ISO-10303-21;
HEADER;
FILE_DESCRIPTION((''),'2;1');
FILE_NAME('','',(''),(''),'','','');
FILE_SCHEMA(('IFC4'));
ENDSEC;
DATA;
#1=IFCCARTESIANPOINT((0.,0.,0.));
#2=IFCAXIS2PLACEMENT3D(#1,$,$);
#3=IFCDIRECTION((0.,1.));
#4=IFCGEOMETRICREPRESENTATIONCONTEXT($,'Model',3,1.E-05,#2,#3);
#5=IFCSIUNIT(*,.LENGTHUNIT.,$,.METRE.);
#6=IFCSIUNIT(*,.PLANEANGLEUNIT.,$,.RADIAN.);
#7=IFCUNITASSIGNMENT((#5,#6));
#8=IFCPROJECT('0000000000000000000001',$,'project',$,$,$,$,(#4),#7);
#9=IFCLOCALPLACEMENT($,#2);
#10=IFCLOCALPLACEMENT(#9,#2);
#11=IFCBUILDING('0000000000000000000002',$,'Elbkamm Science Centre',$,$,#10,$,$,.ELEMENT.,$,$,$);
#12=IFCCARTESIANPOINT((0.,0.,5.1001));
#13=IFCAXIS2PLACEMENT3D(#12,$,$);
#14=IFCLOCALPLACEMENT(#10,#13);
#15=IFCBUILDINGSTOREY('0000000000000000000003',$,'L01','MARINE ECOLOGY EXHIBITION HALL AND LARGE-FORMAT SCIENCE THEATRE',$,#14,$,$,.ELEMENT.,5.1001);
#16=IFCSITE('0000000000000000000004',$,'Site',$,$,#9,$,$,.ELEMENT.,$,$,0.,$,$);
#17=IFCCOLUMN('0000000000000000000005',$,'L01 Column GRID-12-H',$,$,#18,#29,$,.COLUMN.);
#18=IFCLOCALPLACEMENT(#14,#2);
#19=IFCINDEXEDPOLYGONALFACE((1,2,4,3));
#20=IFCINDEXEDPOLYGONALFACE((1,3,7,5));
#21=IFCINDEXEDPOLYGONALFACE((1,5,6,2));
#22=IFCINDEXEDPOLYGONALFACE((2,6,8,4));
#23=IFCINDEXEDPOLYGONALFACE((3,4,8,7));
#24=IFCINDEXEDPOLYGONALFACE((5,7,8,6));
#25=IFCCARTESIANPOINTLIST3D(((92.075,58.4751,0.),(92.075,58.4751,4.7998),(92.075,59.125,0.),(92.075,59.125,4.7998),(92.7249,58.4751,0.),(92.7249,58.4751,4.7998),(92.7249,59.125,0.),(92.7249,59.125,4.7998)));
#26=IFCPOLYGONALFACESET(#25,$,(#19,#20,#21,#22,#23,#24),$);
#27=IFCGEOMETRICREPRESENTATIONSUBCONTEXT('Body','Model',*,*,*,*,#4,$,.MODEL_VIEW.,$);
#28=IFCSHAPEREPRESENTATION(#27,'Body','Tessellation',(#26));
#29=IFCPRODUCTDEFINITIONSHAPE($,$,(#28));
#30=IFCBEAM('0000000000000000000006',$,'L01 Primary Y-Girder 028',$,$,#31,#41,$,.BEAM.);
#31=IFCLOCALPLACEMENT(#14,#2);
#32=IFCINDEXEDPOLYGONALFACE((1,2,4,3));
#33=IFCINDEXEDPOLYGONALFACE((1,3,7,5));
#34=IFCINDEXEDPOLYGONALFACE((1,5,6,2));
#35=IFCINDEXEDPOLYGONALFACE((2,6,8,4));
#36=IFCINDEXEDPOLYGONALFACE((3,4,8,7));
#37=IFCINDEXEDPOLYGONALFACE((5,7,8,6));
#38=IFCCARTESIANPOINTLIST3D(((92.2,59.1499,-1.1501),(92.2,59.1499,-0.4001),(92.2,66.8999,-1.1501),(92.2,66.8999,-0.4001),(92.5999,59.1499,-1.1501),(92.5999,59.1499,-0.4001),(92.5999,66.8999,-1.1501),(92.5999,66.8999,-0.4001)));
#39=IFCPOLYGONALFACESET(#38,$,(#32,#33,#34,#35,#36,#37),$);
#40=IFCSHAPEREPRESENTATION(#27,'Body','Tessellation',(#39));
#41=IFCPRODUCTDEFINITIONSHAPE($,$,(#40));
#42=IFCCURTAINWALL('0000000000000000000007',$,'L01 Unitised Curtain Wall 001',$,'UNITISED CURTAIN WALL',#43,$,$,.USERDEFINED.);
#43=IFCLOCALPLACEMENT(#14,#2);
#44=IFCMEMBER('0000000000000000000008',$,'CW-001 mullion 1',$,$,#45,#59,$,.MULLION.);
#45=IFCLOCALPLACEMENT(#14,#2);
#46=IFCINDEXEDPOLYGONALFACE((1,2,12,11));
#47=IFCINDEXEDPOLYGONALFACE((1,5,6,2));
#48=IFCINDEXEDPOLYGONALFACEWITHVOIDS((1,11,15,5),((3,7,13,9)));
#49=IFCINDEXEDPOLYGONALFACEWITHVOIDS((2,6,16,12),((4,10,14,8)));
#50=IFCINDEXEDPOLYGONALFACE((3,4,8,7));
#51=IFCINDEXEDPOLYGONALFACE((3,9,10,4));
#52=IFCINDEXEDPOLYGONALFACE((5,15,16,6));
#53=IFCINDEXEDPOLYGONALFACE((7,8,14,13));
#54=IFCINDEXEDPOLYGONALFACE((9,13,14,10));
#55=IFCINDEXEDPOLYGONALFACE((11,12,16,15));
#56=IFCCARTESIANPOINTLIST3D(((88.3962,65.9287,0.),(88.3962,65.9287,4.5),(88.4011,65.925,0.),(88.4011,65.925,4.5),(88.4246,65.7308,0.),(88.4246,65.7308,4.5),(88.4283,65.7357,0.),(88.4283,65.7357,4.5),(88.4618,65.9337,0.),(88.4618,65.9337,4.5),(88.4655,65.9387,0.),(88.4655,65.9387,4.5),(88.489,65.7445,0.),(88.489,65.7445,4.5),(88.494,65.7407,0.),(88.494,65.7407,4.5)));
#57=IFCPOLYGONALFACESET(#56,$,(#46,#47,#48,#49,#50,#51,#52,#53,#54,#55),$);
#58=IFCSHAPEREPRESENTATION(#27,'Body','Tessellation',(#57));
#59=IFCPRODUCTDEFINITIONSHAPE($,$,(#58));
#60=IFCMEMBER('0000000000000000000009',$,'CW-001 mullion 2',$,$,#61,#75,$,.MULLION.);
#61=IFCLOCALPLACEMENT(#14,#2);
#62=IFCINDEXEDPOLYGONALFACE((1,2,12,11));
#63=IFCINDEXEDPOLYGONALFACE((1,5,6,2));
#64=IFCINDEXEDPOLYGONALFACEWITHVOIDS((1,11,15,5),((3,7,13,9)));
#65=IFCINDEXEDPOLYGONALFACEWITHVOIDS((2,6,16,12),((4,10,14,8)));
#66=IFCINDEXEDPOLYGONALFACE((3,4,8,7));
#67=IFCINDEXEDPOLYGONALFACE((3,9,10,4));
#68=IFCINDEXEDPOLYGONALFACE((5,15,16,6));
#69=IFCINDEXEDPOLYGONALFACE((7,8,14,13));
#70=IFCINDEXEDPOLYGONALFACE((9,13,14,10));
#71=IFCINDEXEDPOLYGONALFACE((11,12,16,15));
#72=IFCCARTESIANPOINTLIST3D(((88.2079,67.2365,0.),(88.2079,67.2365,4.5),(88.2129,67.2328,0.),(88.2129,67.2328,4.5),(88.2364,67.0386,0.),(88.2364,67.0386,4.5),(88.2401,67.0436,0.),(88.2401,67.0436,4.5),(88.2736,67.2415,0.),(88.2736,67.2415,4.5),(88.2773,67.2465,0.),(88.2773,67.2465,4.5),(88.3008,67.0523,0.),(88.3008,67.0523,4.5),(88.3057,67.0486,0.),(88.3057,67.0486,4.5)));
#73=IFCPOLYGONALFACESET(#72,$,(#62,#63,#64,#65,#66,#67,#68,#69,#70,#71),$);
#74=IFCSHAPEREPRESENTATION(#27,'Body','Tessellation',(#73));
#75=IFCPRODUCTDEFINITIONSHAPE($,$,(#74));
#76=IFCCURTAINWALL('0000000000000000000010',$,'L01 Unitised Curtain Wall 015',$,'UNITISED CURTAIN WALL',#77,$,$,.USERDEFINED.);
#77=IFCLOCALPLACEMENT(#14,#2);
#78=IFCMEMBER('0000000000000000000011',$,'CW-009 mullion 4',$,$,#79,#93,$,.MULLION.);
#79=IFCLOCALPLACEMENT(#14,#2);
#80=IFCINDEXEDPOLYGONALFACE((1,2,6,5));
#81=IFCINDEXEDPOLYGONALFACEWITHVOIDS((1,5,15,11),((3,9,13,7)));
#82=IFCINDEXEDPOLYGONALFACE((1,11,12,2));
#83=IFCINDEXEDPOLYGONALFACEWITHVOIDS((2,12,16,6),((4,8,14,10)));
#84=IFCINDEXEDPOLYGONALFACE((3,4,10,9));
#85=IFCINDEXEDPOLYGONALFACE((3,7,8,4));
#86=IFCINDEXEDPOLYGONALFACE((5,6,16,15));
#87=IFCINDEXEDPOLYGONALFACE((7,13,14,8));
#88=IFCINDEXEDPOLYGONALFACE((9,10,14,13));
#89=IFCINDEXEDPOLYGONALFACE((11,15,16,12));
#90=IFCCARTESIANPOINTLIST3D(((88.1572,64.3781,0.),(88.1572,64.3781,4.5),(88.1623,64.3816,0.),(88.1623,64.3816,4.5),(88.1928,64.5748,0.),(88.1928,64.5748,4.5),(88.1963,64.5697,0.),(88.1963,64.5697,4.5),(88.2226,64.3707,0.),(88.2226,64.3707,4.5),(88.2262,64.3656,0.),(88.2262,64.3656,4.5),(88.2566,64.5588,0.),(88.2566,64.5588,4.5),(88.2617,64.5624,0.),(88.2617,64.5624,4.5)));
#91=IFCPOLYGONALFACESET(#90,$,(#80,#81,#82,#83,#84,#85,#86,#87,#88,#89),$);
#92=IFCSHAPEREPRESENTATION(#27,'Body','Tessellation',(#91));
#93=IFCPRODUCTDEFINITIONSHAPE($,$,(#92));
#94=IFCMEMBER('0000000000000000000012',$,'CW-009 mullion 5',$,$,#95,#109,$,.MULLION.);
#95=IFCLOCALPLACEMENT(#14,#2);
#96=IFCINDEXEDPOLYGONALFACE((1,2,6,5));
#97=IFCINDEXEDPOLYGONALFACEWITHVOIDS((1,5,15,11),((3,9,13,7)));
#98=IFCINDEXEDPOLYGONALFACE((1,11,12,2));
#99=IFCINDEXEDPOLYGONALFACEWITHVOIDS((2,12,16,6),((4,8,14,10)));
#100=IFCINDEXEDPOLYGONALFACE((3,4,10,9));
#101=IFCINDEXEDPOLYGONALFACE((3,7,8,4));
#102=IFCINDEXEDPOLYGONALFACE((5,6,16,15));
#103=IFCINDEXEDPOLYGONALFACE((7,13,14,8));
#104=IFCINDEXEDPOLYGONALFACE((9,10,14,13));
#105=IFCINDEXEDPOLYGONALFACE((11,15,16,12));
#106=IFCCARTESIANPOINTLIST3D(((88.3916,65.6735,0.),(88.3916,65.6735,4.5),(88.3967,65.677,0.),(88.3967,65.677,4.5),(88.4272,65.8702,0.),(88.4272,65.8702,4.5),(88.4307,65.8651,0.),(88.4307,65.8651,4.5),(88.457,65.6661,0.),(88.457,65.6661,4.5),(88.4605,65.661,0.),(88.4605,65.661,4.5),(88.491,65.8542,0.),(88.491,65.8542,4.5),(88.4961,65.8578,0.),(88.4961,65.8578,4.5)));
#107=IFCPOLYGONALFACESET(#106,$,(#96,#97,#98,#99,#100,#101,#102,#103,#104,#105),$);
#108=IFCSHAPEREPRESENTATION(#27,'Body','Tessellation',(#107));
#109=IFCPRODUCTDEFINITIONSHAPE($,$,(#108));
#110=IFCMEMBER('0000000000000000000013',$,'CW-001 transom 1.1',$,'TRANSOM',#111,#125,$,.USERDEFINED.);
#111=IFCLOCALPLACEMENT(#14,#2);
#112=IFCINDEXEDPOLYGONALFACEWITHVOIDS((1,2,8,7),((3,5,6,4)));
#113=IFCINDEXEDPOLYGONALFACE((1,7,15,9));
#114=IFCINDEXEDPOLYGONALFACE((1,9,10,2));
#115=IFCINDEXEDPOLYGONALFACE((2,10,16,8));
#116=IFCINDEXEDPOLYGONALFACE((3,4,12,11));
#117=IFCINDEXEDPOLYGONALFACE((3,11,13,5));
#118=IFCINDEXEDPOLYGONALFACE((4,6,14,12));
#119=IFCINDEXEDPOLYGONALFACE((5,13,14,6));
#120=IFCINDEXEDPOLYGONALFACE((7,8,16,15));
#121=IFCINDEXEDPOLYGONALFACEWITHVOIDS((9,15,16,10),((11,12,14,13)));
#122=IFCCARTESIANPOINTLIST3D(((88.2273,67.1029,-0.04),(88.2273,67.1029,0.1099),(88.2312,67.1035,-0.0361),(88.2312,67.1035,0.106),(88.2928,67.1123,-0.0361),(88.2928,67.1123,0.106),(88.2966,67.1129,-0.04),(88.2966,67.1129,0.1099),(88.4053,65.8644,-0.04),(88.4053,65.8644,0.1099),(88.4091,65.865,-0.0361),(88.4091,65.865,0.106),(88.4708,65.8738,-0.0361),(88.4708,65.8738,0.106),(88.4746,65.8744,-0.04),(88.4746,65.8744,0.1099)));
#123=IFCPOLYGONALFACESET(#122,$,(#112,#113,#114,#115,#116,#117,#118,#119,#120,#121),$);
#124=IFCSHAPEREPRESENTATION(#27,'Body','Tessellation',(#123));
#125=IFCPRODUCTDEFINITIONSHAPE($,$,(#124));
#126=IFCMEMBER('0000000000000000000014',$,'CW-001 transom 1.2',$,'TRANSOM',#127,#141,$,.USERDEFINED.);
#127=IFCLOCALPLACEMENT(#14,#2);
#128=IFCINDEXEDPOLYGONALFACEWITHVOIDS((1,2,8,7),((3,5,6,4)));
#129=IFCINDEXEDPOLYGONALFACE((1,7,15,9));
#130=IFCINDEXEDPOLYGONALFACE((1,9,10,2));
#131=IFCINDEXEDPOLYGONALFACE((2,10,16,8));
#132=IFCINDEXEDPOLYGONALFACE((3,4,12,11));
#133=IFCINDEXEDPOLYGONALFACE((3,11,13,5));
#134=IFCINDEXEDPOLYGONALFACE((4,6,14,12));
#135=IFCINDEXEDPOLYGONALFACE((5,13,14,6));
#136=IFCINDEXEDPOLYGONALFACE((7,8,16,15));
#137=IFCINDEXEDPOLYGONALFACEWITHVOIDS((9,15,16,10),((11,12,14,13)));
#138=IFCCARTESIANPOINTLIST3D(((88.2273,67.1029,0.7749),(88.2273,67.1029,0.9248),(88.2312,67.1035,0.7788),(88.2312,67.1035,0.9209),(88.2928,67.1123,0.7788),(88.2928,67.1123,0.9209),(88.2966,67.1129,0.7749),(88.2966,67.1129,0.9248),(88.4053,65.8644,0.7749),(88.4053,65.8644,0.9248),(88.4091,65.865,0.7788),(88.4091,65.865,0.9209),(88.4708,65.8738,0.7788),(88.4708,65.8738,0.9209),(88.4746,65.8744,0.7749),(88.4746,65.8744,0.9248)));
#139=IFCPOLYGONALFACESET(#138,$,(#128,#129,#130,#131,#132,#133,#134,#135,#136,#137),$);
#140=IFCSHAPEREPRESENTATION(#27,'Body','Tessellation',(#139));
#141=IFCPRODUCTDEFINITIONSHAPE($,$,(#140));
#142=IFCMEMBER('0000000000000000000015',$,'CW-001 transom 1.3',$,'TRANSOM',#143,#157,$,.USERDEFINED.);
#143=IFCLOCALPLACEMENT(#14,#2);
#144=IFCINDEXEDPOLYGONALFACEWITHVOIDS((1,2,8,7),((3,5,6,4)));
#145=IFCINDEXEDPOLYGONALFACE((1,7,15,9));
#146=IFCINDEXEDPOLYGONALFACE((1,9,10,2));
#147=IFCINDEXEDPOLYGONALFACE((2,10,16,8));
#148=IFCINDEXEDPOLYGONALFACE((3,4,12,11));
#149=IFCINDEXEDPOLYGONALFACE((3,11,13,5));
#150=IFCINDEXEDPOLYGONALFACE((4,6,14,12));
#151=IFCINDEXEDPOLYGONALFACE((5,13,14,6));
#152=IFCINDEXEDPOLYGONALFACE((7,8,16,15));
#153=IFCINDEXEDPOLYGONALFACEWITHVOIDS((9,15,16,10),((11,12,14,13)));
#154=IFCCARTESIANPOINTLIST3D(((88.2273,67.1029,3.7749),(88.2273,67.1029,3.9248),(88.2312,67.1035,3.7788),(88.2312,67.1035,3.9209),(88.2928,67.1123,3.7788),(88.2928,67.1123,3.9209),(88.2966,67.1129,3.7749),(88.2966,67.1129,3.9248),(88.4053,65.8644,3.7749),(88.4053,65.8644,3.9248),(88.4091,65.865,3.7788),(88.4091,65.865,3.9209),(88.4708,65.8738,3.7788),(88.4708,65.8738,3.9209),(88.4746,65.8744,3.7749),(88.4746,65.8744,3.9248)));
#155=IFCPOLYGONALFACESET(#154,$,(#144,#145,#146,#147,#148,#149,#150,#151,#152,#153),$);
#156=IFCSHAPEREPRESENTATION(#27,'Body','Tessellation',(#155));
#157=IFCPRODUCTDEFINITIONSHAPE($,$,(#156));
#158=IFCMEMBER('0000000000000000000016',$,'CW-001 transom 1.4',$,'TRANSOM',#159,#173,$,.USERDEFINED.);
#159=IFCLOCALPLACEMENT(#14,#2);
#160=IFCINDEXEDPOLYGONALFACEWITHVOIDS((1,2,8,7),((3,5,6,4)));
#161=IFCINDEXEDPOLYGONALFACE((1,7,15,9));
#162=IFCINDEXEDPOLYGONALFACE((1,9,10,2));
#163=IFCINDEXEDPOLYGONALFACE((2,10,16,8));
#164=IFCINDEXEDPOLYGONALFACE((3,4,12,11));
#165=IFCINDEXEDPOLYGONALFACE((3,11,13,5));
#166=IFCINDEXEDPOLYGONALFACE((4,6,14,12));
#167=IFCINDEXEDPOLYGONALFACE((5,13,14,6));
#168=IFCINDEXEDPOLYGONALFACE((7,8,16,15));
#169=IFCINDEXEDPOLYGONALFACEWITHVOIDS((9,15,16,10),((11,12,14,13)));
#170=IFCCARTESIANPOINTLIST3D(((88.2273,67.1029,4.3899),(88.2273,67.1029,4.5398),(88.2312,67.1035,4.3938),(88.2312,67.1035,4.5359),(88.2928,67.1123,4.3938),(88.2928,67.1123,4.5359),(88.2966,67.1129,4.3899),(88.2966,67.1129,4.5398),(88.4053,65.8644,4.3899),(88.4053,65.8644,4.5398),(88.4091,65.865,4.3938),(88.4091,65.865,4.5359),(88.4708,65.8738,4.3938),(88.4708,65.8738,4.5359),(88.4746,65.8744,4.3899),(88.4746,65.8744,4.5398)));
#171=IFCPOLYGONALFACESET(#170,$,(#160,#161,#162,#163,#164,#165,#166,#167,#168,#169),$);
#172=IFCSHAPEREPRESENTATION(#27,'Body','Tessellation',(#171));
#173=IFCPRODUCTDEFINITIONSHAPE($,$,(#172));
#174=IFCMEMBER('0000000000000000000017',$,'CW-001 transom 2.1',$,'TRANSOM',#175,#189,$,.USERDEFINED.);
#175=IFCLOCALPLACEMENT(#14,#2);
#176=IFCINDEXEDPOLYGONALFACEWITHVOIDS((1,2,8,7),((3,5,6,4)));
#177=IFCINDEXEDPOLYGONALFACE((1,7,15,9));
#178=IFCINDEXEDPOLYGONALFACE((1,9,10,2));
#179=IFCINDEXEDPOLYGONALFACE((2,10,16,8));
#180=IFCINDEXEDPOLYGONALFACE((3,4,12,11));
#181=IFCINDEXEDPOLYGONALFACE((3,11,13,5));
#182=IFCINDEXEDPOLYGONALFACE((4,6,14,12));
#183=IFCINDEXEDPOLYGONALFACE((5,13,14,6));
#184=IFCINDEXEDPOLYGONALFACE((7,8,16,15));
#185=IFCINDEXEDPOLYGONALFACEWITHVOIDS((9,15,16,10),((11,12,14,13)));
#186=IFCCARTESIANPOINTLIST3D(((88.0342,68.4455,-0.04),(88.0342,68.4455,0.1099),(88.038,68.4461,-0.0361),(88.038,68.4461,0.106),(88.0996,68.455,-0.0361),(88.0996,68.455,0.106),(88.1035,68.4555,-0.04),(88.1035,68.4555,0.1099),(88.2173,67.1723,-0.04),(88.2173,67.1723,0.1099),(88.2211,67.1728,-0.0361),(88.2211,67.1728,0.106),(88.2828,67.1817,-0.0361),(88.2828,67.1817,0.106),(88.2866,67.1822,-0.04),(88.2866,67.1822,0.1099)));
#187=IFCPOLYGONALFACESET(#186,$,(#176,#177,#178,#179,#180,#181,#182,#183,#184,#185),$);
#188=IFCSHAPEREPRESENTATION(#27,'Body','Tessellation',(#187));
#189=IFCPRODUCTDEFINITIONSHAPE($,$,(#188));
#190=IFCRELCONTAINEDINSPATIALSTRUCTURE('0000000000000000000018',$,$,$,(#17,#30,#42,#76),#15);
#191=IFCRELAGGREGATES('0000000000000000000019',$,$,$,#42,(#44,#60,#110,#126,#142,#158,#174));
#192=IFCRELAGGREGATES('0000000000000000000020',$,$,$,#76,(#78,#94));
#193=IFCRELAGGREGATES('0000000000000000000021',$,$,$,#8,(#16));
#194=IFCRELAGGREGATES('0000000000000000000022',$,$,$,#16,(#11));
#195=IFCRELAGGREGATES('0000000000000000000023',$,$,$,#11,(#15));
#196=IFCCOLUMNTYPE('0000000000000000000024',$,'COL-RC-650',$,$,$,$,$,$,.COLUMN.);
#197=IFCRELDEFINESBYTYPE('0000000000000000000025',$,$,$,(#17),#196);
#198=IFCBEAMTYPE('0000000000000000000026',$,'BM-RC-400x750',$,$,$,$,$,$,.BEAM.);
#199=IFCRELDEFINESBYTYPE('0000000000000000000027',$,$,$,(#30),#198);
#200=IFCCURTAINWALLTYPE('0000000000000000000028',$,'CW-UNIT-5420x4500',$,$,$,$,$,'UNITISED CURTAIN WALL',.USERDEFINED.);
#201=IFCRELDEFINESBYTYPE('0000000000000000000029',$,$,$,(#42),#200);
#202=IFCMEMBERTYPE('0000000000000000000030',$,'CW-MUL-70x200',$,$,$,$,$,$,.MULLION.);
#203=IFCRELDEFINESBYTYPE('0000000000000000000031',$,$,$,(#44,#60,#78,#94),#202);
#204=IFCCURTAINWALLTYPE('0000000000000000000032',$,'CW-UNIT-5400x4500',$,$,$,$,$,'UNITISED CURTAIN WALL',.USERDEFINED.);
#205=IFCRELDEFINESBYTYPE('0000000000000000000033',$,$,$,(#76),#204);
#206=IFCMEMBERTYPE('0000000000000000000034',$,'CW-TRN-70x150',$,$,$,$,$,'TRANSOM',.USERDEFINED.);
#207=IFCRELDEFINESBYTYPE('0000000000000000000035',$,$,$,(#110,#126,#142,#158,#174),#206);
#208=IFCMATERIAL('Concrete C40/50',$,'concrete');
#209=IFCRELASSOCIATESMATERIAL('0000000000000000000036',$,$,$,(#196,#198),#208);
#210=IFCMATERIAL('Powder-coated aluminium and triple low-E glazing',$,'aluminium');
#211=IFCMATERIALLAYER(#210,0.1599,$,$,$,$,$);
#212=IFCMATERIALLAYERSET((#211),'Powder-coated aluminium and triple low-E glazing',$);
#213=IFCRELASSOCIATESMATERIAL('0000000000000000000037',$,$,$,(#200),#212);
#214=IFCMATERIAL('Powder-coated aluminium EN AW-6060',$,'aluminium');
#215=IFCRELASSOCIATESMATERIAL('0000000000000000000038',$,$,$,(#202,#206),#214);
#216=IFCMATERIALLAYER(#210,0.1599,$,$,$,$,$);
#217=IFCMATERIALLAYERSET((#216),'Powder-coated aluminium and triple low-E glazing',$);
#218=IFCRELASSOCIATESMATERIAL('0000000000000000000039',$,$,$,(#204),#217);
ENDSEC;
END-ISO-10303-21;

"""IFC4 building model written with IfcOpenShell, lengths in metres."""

from ifc_helpers import new_model, si_unit, direction, frame, origin, origin_2d, place, context, subcontext, project, spatial, rectangle, hollow_rectangle, extrude, material, layer, layer_set, material_profile, profile_set, type_object, element, aggregate, save


model = new_model("IFC4")

# Units and contexts
model_context = context("Model", 3, precision=1e-05, world=origin(), true_north=direction((0.0, 1.0)))
body_context = subcontext(model_context, "Body", "Model", "MODEL_VIEW")
ifc_project = project(units=[si_unit("LENGTHUNIT", "METRE"), si_unit("PLANEANGLEUNIT", "RADIAN")], contexts=[model_context])

# Site, building, storey
site_placement = place(None, origin())
site = spatial("IfcSite", under=ifc_project, at=site_placement, Name="Site", CompositionType="ELEMENT", RefElevation=0.0)
building_placement = place(site_placement, origin())
building = spatial("IfcBuilding", under=site, at=building_placement, Name="Elbkamm Science Centre", CompositionType="ELEMENT")
storey_placement = place(building_placement, frame((0.0, 0.0, 5.1001)))
storey = spatial("IfcBuildingStorey", under=building, at=storey_placement, Name="L01", Description="MARINE ECOLOGY EXHIBITION HALL AND LARGE-FORMAT SCIENCE THEATRE", CompositionType="ELEMENT", Elevation=5.1001)

# Column
ifc_material_1 = material(Name="Concrete C40/50", Category="concrete")
ifc_material_profile_1 = material_profile(ifc_material_1, rectangle(XDim=0.6499, YDim=0.6499, at=origin_2d()), Name="RC 650x650")
ifc_profile_set_1 = profile_set([ifc_material_profile_1], Name="Concrete C40/50")
column_type = type_object("IfcColumnType", Name="COL-RC-650", PredefinedType="COLUMN", material=ifc_profile_set_1)
column_placement = place(storey_placement, frame((92.3999, 58.8, 0.0), z_axis=(0.0, 0.0, 1.0), x_axis=(1.0, 0.0, 0.0)))
element("IfcColumn", 1, at=column_placement, inside=storey, type_object=column_type, Name="L01 Column GRID-12-H", PredefinedType="COLUMN", context=body_context, shape_type="SweptSolid", body=[
    extrude(rectangle(XDim=0.6499, YDim=0.6499, at=origin_2d()), origin(), (0.0, 0.0, 1.0), 4.7998),
])

# Beam
ifc_material_profile_2 = material_profile(ifc_material_1, rectangle(XDim=0.3999, YDim=0.75, at=origin_2d()), Name="RC 400x750")
ifc_profile_set_2 = profile_set([ifc_material_profile_2], Name="Concrete C40/50")
beam_type = type_object("IfcBeamType", Name="BM-RC-400x750", PredefinedType="BEAM", material=ifc_profile_set_2)
beam_placement = place(storey_placement, frame((92.3999, 59.1499, -0.7751), z_axis=(0.0, 1.0, 0.0), x_axis=(-1.0, 0.0, 0.0)))
element("IfcBeam", 2, at=beam_placement, inside=storey, type_object=beam_type, Name="L01 Primary Y-Girder 028", PredefinedType="BEAM", context=body_context, shape_type="SweptSolid", body=[
    extrude(rectangle(XDim=0.3999, YDim=0.75, at=origin_2d()), origin(), (0.0, 0.0, 1.0), 7.75),
])

# Curtain walls, members
ifc_material_2 = material(Name="Powder-coated aluminium and triple low-E glazing", Category="aluminium")
ifc_layer_1 = layer(ifc_material_2, 0.1599)
ifc_layer_set_1 = layer_set([ifc_layer_1], Name="Powder-coated aluminium and triple low-E glazing")
curtain_wall_type_1 = type_object("IfcCurtainWallType", Name="CW-UNIT-5420x4500", ElementType="UNITISED CURTAIN WALL", PredefinedType="USERDEFINED", material=ifc_layer_set_1)
curtain_wall_1_placement = place(storey_placement, origin())
curtain_wall_1 = element("IfcCurtainWall", 3, at=curtain_wall_1_placement, inside=storey, type_object=curtain_wall_type_1, Name="L01 Unitised Curtain Wall 001", ObjectType="UNITISED CURTAIN WALL", PredefinedType="USERDEFINED")
ifc_material_3 = material(Name="Powder-coated aluminium EN AW-6060", Category="aluminium")
ifc_material_profile_3 = material_profile(ifc_material_3, hollow_rectangle(XDim=0.0701, YDim=0.2, WallThickness=0.0044, at=origin_2d()), Name="ALU M70x200")
ifc_profile_set_3 = profile_set([ifc_material_profile_3], Name="Powder-coated aluminium EN AW-6060")
member_type_1 = type_object("IfcMemberType", Name="CW-MUL-70x200", PredefinedType="MULLION", material=ifc_profile_set_3)
member_1_placement = place(storey_placement, frame((88.4451, 65.8347, 0.0), z_axis=(0.0, 0.0, 1.0), x_axis=(-0.989819, -0.142332, 0.0)))
member_1 = element("IfcMember", 4, at=member_1_placement, type_object=member_type_1, Name="CW-001 mullion 1", PredefinedType="MULLION", context=body_context, shape_type="SweptSolid", body=[
    extrude(hollow_rectangle(XDim=0.0701, YDim=0.2, WallThickness=0.0044, at=origin_2d()), origin(), (0.0, 0.0, 1.0), 4.5),
])
member_2_placement = place(storey_placement, frame((88.2568, 67.1426, 0.0), z_axis=(0.0, 0.0, 1.0), x_axis=(-0.989819, -0.142332, 0.0)))
member_2 = element("IfcMember", 5, at=member_2_placement, type_object=member_type_1, Name="CW-001 mullion 2", PredefinedType="MULLION", context=body_context, shape_type="SweptSolid", body=[
    extrude(hollow_rectangle(XDim=0.0701, YDim=0.2, WallThickness=0.0044, at=origin_2d()), origin(), (0.0, 0.0, 1.0), 4.5),
])
ifc_layer_2 = layer(ifc_material_2, 0.1599)
ifc_layer_set_2 = layer_set([ifc_layer_2], Name="Powder-coated aluminium and triple low-E glazing")
curtain_wall_type_2 = type_object("IfcCurtainWallType", Name="CW-UNIT-5400x4500", ElementType="UNITISED CURTAIN WALL", PredefinedType="USERDEFINED", material=ifc_layer_set_2)
curtain_wall_2_placement = place(storey_placement, origin())
curtain_wall_2 = element("IfcCurtainWall", 6, at=curtain_wall_2_placement, inside=storey, type_object=curtain_wall_type_2, Name="L01 Unitised Curtain Wall 015", ObjectType="UNITISED CURTAIN WALL", PredefinedType="USERDEFINED")
member_3_placement = place(storey_placement, frame((88.2095, 64.4702, 0.0), z_axis=(0.0, 0.0, 1.0), x_axis=(-0.98403, 0.178003, 0.0)))
member_3 = element("IfcMember", 7, at=member_3_placement, type_object=member_type_1, Name="CW-009 mullion 4", PredefinedType="MULLION", context=body_context, shape_type="SweptSolid", body=[
    extrude(hollow_rectangle(XDim=0.0701, YDim=0.2, WallThickness=0.0044, at=origin_2d()), origin(), (0.0, 0.0, 1.0), 4.5),
])
member_4_placement = place(storey_placement, frame((88.4438, 65.7656, 0.0), z_axis=(0.0, 0.0, 1.0), x_axis=(-0.98403, 0.178003, 0.0)))
member_4 = element("IfcMember", 8, at=member_4_placement, type_object=member_type_1, Name="CW-009 mullion 5", PredefinedType="MULLION", context=body_context, shape_type="SweptSolid", body=[
    extrude(hollow_rectangle(XDim=0.0701, YDim=0.2, WallThickness=0.0044, at=origin_2d()), origin(), (0.0, 0.0, 1.0), 4.5),
])

# Members
ifc_material_profile_4 = material_profile(ifc_material_3, hollow_rectangle(XDim=0.0701, YDim=0.1499, WallThickness=0.0039, at=origin_2d()), Name="ALU T70x150")
ifc_profile_set_4 = profile_set([ifc_material_profile_4], Name="Powder-coated aluminium EN AW-6060")
member_type_2 = type_object("IfcMemberType", Name="CW-TRN-70x150", ElementType="TRANSOM", PredefinedType="USERDEFINED", material=ifc_profile_set_4)
member_5_placement = place(storey_placement, frame((88.4399, 65.8694, 0.0349), z_axis=(-0.142241, 0.989832, 0.0), x_axis=(-0.989832, -0.142241, 0.0)))
member_5 = element("IfcMember", 9, at=member_5_placement, type_object=member_type_2, Name="CW-001 transom 1.1", ObjectType="TRANSOM", PredefinedType="USERDEFINED", context=body_context, shape_type="SweptSolid", body=[
    extrude(hollow_rectangle(XDim=0.0701, YDim=0.1499, WallThickness=0.0039, at=origin_2d()), origin(), (0.0, 0.0, 1.0), 1.2512),
])
member_6_placement = place(storey_placement, frame((88.4399, 65.8694, 0.8499), z_axis=(-0.142241, 0.989832, 0.0), x_axis=(-0.989832, -0.142241, 0.0)))
member_6 = element("IfcMember", 10, at=member_6_placement, type_object=member_type_2, Name="CW-001 transom 1.2", ObjectType="TRANSOM", PredefinedType="USERDEFINED", context=body_context, shape_type="SweptSolid", body=[
    extrude(hollow_rectangle(XDim=0.0701, YDim=0.1499, WallThickness=0.0039, at=origin_2d()), origin(), (0.0, 0.0, 1.0), 1.2512),
])
member_7_placement = place(storey_placement, frame((88.4399, 65.8694, 3.8499), z_axis=(-0.142241, 0.989832, 0.0), x_axis=(-0.989832, -0.142241, 0.0)))
member_7 = element("IfcMember", 11, at=member_7_placement, type_object=member_type_2, Name="CW-001 transom 1.3", ObjectType="TRANSOM", PredefinedType="USERDEFINED", context=body_context, shape_type="SweptSolid", body=[
    extrude(hollow_rectangle(XDim=0.0701, YDim=0.1499, WallThickness=0.0039, at=origin_2d()), origin(), (0.0, 0.0, 1.0), 1.2512),
])
member_8_placement = place(storey_placement, frame((88.4399, 65.8694, 4.4648), z_axis=(-0.142241, 0.989832, 0.0), x_axis=(-0.989832, -0.142241, 0.0)))
member_8 = element("IfcMember", 12, at=member_8_placement, type_object=member_type_2, Name="CW-001 transom 1.4", ObjectType="TRANSOM", PredefinedType="USERDEFINED", context=body_context, shape_type="SweptSolid", body=[
    extrude(hollow_rectangle(XDim=0.0701, YDim=0.1499, WallThickness=0.0039, at=origin_2d()), origin(), (0.0, 0.0, 1.0), 1.2512),
])
member_9_placement = place(storey_placement, frame((88.252, 67.1772, 0.0349), z_axis=(-0.142351, 0.989816, 0.0), x_axis=(-0.989816, -0.142351, 0.0)))
member_9 = element("IfcMember", 13, at=member_9_placement, type_object=member_type_2, Name="CW-001 transom 2.1", ObjectType="TRANSOM", PredefinedType="USERDEFINED", context=body_context, shape_type="SweptSolid", body=[
    extrude(hollow_rectangle(XDim=0.0701, YDim=0.1499, WallThickness=0.0039, at=origin_2d()), origin(), (0.0, 0.0, 1.0), 1.2864),
])

aggregate(curtain_wall_1, [member_1, member_2, member_5, member_6, member_7, member_8, member_9])
aggregate(curtain_wall_2, [member_3, member_4])

save(model, "model.ifc")
